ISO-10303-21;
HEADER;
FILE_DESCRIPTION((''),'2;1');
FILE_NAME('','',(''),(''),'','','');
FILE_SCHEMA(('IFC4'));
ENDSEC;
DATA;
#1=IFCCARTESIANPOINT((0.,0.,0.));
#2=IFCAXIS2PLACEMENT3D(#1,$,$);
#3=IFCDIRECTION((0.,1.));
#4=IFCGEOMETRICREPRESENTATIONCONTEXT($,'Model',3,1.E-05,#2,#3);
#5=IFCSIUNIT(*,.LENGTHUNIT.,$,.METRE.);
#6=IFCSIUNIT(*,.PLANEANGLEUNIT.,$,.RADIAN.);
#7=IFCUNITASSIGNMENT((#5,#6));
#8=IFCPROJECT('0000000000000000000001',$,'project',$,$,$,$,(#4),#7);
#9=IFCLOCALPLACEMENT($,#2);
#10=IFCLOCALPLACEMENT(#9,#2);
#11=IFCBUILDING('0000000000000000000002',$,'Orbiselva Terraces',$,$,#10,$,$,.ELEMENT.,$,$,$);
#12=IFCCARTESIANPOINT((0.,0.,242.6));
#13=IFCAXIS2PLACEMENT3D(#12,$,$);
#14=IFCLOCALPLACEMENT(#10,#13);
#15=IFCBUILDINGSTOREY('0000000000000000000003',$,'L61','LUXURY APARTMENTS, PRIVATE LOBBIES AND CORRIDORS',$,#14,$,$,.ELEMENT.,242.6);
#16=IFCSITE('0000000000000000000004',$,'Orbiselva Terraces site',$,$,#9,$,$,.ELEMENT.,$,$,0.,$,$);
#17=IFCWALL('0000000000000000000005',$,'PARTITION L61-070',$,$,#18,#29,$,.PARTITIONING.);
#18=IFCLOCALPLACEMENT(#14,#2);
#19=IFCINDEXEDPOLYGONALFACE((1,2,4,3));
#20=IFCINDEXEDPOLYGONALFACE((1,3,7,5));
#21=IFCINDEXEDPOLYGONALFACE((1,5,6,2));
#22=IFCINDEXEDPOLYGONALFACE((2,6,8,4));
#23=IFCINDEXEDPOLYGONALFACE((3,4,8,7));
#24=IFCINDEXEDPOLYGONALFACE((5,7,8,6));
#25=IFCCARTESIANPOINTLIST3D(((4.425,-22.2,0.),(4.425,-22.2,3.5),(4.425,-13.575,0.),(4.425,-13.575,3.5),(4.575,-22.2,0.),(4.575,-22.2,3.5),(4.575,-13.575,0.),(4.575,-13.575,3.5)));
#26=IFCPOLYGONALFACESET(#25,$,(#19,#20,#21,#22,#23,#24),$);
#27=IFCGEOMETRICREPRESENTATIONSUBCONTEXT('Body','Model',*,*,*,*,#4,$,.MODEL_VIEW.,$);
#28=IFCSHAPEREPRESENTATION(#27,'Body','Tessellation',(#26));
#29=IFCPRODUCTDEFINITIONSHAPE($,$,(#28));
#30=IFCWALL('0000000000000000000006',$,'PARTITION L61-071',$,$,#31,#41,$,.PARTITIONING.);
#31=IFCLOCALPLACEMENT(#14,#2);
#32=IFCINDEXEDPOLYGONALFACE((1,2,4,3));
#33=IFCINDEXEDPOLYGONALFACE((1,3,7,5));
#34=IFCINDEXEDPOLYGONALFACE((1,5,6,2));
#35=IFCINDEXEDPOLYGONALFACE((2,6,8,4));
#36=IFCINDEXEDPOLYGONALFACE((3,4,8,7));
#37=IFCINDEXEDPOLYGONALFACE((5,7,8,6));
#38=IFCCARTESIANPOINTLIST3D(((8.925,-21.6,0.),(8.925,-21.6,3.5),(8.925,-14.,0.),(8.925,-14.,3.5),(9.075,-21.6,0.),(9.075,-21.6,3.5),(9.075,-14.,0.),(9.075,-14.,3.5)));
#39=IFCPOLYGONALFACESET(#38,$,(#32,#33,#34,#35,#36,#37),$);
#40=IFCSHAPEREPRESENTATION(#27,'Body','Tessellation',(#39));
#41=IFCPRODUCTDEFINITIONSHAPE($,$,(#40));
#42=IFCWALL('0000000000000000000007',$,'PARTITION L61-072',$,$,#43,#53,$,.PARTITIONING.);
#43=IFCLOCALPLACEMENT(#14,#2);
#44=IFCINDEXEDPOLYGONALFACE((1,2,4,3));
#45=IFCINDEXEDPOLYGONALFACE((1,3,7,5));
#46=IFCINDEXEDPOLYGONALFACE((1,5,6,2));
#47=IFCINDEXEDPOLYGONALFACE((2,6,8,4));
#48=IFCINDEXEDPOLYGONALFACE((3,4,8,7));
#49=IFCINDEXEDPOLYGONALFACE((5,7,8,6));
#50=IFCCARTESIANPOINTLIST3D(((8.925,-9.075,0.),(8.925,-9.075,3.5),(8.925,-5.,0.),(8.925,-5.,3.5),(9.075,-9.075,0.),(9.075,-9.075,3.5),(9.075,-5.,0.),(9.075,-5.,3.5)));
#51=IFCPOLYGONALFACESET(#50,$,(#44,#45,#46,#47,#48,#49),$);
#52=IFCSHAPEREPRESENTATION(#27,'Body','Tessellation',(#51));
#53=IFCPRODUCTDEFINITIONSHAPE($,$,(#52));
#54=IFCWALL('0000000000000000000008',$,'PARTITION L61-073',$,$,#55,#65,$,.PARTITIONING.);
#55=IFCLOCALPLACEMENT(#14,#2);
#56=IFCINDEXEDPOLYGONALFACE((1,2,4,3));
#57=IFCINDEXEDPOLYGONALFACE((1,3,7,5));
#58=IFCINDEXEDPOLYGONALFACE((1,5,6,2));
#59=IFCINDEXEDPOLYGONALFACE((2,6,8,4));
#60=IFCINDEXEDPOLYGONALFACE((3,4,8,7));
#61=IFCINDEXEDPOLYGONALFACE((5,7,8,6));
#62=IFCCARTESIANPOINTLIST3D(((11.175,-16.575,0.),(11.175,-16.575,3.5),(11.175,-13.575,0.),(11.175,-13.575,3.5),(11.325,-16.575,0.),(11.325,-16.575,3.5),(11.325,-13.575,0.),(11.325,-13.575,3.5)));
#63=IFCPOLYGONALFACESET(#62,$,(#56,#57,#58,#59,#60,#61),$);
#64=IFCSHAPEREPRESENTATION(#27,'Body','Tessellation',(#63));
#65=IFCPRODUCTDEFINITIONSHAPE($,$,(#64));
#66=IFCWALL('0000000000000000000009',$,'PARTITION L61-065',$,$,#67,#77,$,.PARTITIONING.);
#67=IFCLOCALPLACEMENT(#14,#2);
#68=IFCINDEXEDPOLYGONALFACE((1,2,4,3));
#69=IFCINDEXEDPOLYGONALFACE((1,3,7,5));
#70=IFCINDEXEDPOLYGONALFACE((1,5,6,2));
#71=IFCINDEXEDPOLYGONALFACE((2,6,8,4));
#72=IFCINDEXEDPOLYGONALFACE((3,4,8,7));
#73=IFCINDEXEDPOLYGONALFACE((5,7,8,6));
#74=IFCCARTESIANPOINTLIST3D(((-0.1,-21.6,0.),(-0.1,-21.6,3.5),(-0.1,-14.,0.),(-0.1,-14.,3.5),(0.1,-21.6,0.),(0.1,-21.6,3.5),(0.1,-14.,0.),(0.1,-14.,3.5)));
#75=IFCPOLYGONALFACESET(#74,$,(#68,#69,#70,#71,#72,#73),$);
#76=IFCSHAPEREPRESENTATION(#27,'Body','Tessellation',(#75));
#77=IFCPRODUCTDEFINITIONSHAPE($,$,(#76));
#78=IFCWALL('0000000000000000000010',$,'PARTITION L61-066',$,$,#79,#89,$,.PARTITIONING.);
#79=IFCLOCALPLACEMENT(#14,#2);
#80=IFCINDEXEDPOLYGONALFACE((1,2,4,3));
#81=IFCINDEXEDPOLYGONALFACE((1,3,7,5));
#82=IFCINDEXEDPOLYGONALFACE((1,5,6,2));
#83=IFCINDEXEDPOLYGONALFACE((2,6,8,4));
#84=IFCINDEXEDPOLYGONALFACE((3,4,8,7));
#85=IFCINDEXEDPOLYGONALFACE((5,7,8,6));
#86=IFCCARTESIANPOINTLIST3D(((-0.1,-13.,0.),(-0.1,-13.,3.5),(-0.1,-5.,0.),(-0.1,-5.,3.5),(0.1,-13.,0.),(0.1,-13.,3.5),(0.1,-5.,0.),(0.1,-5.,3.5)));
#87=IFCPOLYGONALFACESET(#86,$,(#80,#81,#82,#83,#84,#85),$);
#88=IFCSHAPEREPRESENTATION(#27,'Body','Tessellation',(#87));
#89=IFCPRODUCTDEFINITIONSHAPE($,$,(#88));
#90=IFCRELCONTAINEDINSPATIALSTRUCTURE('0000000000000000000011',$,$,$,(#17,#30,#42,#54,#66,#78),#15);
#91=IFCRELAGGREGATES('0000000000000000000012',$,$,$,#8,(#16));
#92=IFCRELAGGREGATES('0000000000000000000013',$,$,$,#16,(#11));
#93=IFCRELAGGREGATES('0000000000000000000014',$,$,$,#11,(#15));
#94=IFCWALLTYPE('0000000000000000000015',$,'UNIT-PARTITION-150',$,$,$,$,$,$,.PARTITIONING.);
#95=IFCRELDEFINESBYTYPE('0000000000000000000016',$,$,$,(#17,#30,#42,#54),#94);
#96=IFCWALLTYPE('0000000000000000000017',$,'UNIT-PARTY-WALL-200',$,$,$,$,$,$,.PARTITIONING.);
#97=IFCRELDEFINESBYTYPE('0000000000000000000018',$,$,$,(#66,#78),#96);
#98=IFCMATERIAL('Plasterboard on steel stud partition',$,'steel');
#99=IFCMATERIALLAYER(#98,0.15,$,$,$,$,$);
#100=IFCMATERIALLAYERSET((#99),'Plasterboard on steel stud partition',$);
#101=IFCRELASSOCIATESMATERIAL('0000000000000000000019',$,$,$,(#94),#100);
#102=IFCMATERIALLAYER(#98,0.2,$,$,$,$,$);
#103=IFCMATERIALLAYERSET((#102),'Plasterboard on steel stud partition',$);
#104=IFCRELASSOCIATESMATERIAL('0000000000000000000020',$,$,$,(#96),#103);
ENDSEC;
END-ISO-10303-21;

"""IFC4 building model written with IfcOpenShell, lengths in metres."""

from ifc_helpers import new_model, si_unit, direction, frame, frame_2d, origin, place, context, subcontext, project, spatial, rectangle, extrude, material, layer, layer_set, type_object, element, save


model = new_model("IFC4")

# Units and contexts
model_context = context("Model", 3, precision=1e-05, world=origin(), true_north=direction((0.0, 1.0)))
body_context = subcontext(model_context, "Body", "Model", "MODEL_VIEW")
ifc_project = project(units=[si_unit("LENGTHUNIT", "METRE"), si_unit("PLANEANGLEUNIT", "RADIAN")], contexts=[model_context])

# Site, building, storey
site_placement = place(None, origin())
site = spatial("IfcSite", under=ifc_project, at=site_placement, Name="Orbiselva Terraces site", CompositionType="ELEMENT", RefElevation=0.0)
building_placement = place(site_placement, origin())
building = spatial("IfcBuilding", under=site, at=building_placement, Name="Orbiselva Terraces", CompositionType="ELEMENT")
storey_placement = place(building_placement, frame((0.0, 0.0, 242.6)))
storey = spatial("IfcBuildingStorey", under=building, at=storey_placement, Name="L61", Description="LUXURY APARTMENTS, PRIVATE LOBBIES AND CORRIDORS", CompositionType="ELEMENT", Elevation=242.6)

# Shared definitions
ifc_material_1 = material(Name="Plasterboard on steel stud partition", Category="steel")
ifc_layer_1 = layer(ifc_material_1, 0.15)
ifc_layer_set_1 = layer_set([ifc_layer_1], Name="Plasterboard on steel stud partition")
wall_type_1 = type_object("IfcWallType", Name="UNIT-PARTITION-150", PredefinedType="PARTITIONING", material=ifc_layer_set_1)

# Walls
wall_1_placement = place(storey_placement, frame((4.5, -22.2, 0.0), z_axis=(0.0, 0.0, 1.0), x_axis=(0.0, 1.0, 0.0)))
element("IfcWall", 1, at=wall_1_placement, inside=storey, type_object=wall_type_1, Name="PARTITION L61-070", PredefinedType="PARTITIONING", context=body_context, shape_type="SweptSolid", body=[
    extrude(rectangle(XDim=8.625, YDim=0.15, at=frame_2d((4.3125, 0.0))), origin(), (0.0, 0.0, 1.0), 3.5),
])
wall_2_placement = place(storey_placement, frame((9.0, -21.6, 0.0), z_axis=(0.0, 0.0, 1.0), x_axis=(0.0, 1.0, 0.0)))
element("IfcWall", 2, at=wall_2_placement, inside=storey, type_object=wall_type_1, Name="PARTITION L61-071", PredefinedType="PARTITIONING", context=body_context, shape_type="SweptSolid", body=[
    extrude(rectangle(XDim=7.6, YDim=0.15, at=frame_2d((3.8, 0.0))), origin(), (0.0, 0.0, 1.0), 3.5),
])
wall_3_placement = place(storey_placement, frame((9.0, -9.075, 0.0), z_axis=(0.0, 0.0, 1.0), x_axis=(0.0, 1.0, 0.0)))
element("IfcWall", 3, at=wall_3_placement, inside=storey, type_object=wall_type_1, Name="PARTITION L61-072", PredefinedType="PARTITIONING", context=body_context, shape_type="SweptSolid", body=[
    extrude(rectangle(XDim=4.075, YDim=0.15, at=frame_2d((2.0375, 0.0))), origin(), (0.0, 0.0, 1.0), 3.5),
])
wall_4_placement = place(storey_placement, frame((11.25, -16.575, 0.0), z_axis=(0.0, 0.0, 1.0), x_axis=(0.0, 1.0, 0.0)))
element("IfcWall", 4, at=wall_4_placement, inside=storey, type_object=wall_type_1, Name="PARTITION L61-073", PredefinedType="PARTITIONING", context=body_context, shape_type="SweptSolid", body=[
    extrude(rectangle(XDim=3.0, YDim=0.15, at=frame_2d((1.5, 0.0))), origin(), (0.0, 0.0, 1.0), 3.5),
])
ifc_layer_2 = layer(ifc_material_1, 0.2)
ifc_layer_set_2 = layer_set([ifc_layer_2], Name="Plasterboard on steel stud partition")
wall_type_2 = type_object("IfcWallType", Name="UNIT-PARTY-WALL-200", PredefinedType="PARTITIONING", material=ifc_layer_set_2)
wall_5_placement = place(storey_placement, frame((0.0, -21.6, 0.0), z_axis=(0.0, 0.0, 1.0), x_axis=(0.0, 1.0, 0.0)))
element("IfcWall", 5, at=wall_5_placement, inside=storey, type_object=wall_type_2, Name="PARTITION L61-065", PredefinedType="PARTITIONING", context=body_context, shape_type="SweptSolid", body=[
    extrude(rectangle(XDim=7.6, YDim=0.2, at=frame_2d((3.8, 0.0))), origin(), (0.0, 0.0, 1.0), 3.5),
])
wall_6_placement = place(storey_placement, frame((0.0, -13.0, 0.0), z_axis=(0.0, 0.0, 1.0), x_axis=(0.0, 1.0, 0.0)))
element("IfcWall", 6, at=wall_6_placement, inside=storey, type_object=wall_type_2, Name="PARTITION L61-066", PredefinedType="PARTITIONING", context=body_context, shape_type="SweptSolid", body=[
    extrude(rectangle(XDim=8.0, YDim=0.2, at=frame_2d((4.0, 0.0))), origin(), (0.0, 0.0, 1.0), 3.5),
])

save(model, "model.ifc")
